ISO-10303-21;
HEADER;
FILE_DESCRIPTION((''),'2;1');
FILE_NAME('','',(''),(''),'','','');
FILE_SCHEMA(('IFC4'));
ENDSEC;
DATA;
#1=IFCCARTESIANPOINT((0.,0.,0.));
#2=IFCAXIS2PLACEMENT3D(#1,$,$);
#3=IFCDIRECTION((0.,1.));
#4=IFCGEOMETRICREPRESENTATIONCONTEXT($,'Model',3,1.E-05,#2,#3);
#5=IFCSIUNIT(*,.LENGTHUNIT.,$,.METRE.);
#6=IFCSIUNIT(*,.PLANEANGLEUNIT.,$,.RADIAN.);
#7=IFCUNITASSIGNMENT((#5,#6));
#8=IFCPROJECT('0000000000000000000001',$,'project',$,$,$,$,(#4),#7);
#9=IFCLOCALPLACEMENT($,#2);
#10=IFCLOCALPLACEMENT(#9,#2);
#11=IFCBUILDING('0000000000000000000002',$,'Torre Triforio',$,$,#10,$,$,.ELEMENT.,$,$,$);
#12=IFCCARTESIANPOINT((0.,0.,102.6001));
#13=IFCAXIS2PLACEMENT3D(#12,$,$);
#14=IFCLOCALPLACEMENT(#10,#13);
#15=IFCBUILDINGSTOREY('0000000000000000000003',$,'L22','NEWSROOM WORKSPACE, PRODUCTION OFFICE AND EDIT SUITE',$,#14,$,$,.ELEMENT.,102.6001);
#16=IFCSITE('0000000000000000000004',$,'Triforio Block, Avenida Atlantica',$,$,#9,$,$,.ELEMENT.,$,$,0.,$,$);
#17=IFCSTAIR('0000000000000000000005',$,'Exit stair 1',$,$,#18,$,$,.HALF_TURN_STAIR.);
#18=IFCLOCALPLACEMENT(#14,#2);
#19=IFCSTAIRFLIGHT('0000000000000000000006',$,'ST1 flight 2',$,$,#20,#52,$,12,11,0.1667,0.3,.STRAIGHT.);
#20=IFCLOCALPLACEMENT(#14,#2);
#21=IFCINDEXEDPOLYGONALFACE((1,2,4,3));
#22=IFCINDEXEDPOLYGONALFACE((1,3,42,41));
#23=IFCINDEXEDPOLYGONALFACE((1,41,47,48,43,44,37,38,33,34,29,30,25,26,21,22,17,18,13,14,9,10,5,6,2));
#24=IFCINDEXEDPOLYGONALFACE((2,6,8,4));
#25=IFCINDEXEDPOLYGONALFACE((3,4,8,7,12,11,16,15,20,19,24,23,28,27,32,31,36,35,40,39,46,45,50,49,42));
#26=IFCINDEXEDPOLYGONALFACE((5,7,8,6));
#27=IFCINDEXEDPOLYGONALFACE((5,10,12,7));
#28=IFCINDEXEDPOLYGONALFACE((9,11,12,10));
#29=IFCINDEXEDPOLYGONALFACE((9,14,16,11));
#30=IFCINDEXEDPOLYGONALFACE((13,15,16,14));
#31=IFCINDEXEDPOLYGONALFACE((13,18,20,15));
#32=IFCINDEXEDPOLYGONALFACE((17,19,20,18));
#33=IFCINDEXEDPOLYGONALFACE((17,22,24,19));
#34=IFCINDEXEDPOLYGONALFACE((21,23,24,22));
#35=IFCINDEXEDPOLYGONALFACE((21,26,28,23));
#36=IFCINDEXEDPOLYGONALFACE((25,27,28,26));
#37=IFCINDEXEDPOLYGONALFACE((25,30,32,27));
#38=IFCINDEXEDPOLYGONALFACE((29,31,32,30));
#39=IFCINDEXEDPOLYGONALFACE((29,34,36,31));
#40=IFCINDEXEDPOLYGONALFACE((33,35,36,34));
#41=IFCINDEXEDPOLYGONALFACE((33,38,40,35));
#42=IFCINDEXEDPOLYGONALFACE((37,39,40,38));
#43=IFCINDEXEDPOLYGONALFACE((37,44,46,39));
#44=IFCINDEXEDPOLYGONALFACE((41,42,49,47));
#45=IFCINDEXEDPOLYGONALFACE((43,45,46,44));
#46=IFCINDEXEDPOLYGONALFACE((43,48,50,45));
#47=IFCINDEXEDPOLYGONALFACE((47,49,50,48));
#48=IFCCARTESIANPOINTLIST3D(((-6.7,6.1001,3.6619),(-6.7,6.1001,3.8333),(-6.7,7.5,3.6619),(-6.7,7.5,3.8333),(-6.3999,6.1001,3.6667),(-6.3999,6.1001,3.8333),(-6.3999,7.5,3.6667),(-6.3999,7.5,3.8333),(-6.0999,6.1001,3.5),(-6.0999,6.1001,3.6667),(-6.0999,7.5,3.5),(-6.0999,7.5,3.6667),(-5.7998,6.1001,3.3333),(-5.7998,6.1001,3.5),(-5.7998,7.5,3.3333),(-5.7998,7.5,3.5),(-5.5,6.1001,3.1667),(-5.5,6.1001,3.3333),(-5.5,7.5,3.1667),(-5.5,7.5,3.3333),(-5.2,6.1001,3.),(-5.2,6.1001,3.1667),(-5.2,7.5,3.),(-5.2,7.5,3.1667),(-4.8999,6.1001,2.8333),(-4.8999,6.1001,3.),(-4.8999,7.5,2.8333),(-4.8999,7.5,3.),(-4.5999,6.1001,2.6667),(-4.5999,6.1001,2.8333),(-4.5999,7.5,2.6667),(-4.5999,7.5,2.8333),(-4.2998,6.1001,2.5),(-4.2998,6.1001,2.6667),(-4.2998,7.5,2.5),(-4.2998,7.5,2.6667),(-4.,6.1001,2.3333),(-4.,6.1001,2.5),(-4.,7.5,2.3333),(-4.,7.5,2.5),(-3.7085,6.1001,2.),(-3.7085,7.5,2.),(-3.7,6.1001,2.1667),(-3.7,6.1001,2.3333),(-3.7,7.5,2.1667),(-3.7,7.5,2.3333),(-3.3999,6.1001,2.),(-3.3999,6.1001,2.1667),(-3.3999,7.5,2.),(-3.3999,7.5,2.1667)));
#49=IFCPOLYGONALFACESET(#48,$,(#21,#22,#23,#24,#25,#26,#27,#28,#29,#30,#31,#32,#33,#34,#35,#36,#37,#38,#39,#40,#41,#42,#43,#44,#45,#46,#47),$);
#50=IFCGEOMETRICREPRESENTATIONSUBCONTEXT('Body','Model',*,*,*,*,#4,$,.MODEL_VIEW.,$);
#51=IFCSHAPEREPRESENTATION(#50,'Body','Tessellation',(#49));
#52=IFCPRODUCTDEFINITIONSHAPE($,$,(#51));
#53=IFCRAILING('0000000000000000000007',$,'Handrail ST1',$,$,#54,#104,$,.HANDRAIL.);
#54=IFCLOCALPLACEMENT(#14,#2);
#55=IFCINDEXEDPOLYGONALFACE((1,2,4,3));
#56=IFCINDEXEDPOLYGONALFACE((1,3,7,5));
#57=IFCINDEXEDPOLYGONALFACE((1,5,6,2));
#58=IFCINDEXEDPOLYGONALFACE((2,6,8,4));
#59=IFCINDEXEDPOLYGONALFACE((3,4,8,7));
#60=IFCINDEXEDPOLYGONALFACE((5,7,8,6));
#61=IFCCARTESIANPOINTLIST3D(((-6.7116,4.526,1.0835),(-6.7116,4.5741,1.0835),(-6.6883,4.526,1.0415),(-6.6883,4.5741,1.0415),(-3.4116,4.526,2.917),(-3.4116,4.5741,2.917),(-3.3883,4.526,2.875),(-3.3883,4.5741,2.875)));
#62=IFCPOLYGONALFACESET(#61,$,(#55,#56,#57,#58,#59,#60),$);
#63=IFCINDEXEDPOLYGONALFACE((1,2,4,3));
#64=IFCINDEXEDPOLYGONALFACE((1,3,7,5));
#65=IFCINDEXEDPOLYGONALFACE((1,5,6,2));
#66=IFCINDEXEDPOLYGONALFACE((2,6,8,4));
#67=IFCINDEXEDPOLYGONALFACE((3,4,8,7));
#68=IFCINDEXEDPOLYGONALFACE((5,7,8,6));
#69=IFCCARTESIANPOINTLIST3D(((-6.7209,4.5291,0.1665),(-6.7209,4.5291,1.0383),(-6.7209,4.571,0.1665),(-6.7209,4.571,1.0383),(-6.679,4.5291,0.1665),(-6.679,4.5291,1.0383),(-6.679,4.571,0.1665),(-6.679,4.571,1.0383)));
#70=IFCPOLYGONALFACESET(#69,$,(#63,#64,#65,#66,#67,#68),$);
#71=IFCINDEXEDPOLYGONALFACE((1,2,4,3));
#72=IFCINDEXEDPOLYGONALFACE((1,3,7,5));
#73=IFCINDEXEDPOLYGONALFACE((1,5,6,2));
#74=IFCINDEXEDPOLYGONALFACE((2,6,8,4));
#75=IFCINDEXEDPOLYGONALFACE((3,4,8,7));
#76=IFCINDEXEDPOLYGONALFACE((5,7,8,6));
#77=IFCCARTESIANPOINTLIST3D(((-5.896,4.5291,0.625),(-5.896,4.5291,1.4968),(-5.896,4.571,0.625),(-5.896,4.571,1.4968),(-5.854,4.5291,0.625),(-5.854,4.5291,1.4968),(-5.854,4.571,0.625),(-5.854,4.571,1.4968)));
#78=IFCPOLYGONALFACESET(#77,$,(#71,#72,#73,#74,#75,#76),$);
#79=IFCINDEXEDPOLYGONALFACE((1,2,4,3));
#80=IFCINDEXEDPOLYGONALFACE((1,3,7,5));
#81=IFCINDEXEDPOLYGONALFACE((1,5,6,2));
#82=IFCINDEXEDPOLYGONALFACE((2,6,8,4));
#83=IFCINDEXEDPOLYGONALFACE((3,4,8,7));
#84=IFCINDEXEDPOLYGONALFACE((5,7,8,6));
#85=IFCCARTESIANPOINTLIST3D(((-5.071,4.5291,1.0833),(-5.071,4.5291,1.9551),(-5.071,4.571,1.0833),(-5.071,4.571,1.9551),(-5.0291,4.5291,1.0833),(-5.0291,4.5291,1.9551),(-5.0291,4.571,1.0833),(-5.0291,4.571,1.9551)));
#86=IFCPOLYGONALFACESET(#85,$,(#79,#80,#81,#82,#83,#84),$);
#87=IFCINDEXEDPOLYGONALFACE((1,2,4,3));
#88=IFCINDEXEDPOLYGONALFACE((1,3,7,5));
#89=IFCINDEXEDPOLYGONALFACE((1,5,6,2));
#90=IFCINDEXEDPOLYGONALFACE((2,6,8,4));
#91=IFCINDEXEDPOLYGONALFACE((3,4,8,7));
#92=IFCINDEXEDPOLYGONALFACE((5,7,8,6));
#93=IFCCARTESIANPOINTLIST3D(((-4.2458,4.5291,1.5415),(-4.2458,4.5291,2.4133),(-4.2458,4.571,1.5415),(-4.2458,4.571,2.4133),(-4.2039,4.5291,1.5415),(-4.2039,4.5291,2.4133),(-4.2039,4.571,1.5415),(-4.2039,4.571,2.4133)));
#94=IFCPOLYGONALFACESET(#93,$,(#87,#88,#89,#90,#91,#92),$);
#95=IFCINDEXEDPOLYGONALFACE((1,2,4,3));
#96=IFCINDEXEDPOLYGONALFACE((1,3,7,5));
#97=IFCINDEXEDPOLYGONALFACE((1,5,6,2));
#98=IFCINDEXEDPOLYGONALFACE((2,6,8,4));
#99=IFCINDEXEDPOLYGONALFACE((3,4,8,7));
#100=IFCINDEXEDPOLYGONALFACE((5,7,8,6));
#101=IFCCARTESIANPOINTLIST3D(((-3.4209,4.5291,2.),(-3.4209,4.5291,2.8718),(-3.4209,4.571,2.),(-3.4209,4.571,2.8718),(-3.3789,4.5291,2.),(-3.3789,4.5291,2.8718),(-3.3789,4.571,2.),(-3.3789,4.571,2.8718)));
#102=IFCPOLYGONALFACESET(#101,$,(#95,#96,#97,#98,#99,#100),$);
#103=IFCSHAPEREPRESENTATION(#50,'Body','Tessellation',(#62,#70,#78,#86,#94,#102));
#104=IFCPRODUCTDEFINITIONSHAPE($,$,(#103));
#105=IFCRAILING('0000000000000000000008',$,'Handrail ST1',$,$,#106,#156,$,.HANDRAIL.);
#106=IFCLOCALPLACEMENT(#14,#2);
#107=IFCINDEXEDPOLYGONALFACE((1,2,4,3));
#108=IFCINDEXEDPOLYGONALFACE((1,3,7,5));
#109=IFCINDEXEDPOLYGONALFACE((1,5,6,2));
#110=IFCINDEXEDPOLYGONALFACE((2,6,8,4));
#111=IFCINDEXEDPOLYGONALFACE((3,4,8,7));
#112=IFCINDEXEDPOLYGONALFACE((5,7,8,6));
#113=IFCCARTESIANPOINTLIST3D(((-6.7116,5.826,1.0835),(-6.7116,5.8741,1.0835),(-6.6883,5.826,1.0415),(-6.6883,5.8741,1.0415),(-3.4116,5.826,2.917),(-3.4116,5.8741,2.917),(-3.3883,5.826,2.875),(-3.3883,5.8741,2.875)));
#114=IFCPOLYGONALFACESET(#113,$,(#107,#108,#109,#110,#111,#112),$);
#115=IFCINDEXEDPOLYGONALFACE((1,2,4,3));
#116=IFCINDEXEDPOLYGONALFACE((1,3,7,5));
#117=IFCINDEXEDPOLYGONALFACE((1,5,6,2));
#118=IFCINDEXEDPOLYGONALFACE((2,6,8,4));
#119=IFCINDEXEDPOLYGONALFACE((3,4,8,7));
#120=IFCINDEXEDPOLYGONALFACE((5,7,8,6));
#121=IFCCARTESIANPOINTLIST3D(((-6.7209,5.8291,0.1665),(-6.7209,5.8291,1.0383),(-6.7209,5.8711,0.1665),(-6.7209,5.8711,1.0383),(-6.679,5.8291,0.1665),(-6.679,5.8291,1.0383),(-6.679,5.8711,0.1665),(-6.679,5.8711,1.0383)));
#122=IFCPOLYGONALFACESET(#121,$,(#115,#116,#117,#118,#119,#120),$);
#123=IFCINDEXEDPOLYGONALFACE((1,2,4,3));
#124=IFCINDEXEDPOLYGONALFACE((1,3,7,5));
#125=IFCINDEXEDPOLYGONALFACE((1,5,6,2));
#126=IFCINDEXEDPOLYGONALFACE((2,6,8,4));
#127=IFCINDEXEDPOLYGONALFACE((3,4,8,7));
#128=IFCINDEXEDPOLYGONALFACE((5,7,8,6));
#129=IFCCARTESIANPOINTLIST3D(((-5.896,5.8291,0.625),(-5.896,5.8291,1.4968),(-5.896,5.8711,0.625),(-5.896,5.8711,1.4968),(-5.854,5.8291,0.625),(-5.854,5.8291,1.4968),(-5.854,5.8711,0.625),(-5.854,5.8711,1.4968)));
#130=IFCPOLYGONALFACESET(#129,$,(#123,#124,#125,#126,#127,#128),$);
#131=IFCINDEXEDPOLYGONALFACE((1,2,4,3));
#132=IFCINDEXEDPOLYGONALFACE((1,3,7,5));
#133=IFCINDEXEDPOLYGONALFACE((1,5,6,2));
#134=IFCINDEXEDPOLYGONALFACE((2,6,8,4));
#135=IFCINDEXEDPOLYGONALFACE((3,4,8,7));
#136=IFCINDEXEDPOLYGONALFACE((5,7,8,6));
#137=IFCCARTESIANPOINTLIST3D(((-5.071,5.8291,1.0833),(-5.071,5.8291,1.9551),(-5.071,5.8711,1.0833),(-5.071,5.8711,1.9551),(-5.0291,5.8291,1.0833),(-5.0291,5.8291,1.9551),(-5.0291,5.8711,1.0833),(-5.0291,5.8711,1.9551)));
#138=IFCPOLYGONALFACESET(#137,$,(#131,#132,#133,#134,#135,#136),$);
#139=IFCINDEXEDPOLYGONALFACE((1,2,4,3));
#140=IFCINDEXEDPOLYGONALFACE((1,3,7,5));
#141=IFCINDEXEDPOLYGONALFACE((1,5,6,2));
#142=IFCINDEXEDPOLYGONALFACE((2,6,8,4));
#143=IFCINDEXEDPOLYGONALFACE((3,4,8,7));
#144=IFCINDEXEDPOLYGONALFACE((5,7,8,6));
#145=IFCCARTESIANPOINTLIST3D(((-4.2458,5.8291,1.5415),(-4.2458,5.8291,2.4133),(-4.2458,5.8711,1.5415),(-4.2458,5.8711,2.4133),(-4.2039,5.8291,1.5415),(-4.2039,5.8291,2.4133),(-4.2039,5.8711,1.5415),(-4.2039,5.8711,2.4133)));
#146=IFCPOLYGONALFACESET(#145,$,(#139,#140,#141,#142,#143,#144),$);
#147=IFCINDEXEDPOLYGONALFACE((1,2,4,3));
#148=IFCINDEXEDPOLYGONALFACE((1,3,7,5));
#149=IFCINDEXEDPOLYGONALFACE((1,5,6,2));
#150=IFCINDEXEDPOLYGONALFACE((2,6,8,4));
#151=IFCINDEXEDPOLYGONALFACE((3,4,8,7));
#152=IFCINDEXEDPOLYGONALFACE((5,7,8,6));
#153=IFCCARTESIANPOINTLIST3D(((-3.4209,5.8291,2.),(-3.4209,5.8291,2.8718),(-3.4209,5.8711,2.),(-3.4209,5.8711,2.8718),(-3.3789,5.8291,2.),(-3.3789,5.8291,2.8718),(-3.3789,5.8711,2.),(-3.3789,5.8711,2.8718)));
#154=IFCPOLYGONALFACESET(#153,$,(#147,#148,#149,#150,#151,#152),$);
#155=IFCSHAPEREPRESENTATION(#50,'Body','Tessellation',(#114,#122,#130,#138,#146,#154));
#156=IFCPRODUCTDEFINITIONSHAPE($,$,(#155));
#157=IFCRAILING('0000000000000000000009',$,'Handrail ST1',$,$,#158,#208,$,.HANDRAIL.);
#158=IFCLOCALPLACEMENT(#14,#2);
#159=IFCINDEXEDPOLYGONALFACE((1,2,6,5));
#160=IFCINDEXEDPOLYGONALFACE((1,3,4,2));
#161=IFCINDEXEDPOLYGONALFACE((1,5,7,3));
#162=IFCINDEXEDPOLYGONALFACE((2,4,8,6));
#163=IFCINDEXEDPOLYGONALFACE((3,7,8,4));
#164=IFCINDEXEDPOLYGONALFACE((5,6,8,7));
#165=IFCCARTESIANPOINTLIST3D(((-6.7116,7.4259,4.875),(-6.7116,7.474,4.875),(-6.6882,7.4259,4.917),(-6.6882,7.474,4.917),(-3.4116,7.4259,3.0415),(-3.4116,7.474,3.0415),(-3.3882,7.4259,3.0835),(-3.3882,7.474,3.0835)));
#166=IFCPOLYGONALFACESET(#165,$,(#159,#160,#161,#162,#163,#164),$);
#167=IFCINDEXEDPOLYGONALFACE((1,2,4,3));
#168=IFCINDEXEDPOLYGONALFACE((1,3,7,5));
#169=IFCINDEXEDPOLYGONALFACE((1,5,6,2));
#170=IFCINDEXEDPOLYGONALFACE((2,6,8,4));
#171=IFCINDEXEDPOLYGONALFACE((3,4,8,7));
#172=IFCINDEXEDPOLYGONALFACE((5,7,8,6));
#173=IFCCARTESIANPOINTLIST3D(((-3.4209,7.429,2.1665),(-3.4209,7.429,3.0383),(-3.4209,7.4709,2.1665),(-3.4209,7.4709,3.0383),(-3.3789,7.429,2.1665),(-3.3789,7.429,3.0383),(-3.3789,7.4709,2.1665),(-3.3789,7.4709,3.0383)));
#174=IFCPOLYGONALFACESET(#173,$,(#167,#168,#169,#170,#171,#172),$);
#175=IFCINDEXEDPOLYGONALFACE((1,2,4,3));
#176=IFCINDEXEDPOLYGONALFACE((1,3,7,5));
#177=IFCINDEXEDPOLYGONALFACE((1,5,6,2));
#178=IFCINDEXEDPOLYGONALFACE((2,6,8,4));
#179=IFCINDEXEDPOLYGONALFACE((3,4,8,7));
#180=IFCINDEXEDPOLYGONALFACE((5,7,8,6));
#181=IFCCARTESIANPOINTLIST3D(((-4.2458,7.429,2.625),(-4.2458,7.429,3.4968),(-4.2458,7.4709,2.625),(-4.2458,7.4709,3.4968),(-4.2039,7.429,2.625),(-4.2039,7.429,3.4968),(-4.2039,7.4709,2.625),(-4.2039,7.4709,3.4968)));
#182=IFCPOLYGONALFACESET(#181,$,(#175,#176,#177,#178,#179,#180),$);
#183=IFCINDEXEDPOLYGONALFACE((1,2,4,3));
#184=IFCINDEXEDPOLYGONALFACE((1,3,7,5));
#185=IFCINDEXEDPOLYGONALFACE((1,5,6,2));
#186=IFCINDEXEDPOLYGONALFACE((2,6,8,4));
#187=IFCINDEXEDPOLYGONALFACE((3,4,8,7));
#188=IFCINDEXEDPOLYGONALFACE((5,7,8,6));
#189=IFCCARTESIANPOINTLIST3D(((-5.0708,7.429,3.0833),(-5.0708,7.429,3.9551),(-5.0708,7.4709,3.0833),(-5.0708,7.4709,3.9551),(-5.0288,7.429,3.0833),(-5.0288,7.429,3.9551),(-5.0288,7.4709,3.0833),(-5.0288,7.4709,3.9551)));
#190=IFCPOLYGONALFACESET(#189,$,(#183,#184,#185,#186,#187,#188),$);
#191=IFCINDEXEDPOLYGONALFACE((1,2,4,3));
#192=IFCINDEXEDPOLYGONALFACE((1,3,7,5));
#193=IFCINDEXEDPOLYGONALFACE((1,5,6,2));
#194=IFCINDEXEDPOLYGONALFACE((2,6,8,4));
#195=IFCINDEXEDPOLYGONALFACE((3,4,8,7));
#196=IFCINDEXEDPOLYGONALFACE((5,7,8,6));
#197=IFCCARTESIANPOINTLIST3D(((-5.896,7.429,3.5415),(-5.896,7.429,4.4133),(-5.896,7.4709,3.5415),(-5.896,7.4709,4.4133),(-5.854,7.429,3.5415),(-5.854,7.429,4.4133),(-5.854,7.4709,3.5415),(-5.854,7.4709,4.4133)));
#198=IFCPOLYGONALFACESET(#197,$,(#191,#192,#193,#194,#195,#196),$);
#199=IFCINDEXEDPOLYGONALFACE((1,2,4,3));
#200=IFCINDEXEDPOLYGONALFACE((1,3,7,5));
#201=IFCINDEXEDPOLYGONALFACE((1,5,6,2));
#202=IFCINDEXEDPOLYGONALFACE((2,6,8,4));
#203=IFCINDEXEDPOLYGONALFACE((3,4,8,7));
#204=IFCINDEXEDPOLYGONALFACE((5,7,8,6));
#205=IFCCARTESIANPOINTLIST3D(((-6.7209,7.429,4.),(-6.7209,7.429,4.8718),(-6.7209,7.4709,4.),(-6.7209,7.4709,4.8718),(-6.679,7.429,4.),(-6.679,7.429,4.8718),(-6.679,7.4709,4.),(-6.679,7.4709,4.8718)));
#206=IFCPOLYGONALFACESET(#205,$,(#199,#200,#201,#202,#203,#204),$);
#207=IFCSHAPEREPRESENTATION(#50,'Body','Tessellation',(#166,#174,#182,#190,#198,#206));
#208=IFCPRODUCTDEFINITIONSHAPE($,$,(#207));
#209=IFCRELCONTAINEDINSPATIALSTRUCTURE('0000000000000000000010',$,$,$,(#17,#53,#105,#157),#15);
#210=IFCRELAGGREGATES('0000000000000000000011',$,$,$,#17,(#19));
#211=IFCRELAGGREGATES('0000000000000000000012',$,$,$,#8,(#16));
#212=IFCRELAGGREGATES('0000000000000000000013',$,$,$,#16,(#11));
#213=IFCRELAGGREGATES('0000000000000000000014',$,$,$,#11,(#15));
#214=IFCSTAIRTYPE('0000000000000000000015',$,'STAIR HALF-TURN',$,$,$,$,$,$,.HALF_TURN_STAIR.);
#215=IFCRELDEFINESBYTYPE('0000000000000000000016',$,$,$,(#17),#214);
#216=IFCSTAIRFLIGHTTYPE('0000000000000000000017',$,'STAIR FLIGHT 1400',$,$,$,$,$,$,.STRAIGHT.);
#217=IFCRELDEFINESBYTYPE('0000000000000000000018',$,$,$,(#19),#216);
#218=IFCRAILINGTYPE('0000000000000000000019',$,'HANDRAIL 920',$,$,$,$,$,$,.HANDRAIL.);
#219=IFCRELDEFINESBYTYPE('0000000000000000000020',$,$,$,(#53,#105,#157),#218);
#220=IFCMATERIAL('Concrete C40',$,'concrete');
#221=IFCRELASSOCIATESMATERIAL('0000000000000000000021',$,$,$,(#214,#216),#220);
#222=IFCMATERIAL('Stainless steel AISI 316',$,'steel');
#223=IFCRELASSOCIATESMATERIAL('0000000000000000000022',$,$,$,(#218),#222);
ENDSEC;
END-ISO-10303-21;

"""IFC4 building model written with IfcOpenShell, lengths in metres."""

from ifc_helpers import new_model, si_unit, direction, frame, origin, origin_2d, place, context, subcontext, project, spatial, polyline, rectangle, outline, extrude, material, type_object, element, aggregate, save


model = new_model("IFC4")

# Units and contexts
model_context = context("Model", 3, precision=1e-05, world=origin(), true_north=direction((0.0, 1.0)))
body_context = subcontext(model_context, "Body", "Model", "MODEL_VIEW")
ifc_project = project(units=[si_unit("LENGTHUNIT", "METRE"), si_unit("PLANEANGLEUNIT", "RADIAN")], contexts=[model_context])

# Site, building, storey
site_placement = place(None, origin())
site = spatial("IfcSite", under=ifc_project, at=site_placement, Name="Triforio Block, Avenida Atlantica", CompositionType="ELEMENT", RefElevation=0.0)
building_placement = place(site_placement, origin())
building = spatial("IfcBuilding", under=site, at=building_placement, Name="Torre Triforio", CompositionType="ELEMENT")
storey_placement = place(building_placement, frame((0.0, 0.0, 102.6001)))
storey = spatial("IfcBuildingStorey", under=building, at=storey_placement, Name="L22", Description="NEWSROOM WORKSPACE, PRODUCTION OFFICE AND EDIT SUITE", CompositionType="ELEMENT", Elevation=102.6001)

# Stair, stair flight
ifc_material_1 = material(Name="Concrete C40", Category="concrete")
stair_type = type_object("IfcStairType", Name="STAIR HALF-TURN", PredefinedType="HALF_TURN_STAIR", material=ifc_material_1)
stair_placement = place(storey_placement, origin())
stair = element("IfcStair", 1, at=stair_placement, inside=storey, type_object=stair_type, Name="Exit stair 1", PredefinedType="HALF_TURN_STAIR")
stair_flight_type = type_object("IfcStairFlightType", Name="STAIR FLIGHT 1400", PredefinedType="STRAIGHT", material=ifc_material_1)
stair_flight_1_placement = place(storey_placement, frame((-3.3999, 6.8, 2.0), z_axis=(0.0, 0.0, 1.0), x_axis=(-1.0, 0.0, 0.0)))
stair_flight_1 = element("IfcStairFlight", 2, at=stair_flight_1_placement, type_object=stair_flight_type, Name="ST1 flight 2", NumberOfRisers=12, NumberOfTreads=11, PredefinedType="STRAIGHT", RiserHeight=0.1667, TreadLength=0.3, context=body_context, shape_type="SweptSolid", body=[
    extrude(outline(polyline([(0.0, 0.0), (0.0, 0.1667), (0.3, 0.1667), (0.3, 0.3333), (0.6001, 0.3333), (0.6001, 0.5), (0.8999, 0.5), (0.8999, 0.6667), (1.2, 0.6667), (1.2, 0.8333), (1.5, 0.8333), (1.5, 1.0), (1.8, 1.0), (1.8, 1.1667), (2.1001, 1.1667), (2.1001, 1.3333), (2.3999, 1.3333), (2.3999, 1.5), (2.7, 1.5), (2.7, 1.6667), (3.0, 1.6667), (3.0, 1.8333), (3.3, 1.8333), (3.3, 2.0), (3.3, 1.6619), (0.3086, 0.0), (0.0, 0.0)])), frame((0.0, 0.7, 0.0), z_axis=(0.0, -1.0, 0.0), x_axis=(1.0, 0.0, 0.0)), (0.0, 0.0, 1.0), 1.3999),
])
aggregate(stair, [stair_flight_1])

# Railings
ifc_material_2 = material(Name="Stainless steel AISI 316", Category="steel")
railing_type = type_object("IfcRailingType", Name="HANDRAIL 920", PredefinedType="HANDRAIL", material=ifc_material_2)
for number, where, name in (
    (3, (-6.7, 4.55, 0.1665), "Handrail ST1"),
    (4, (-6.7, 5.8501, 0.1665), "Handrail ST1"),
):
    element("IfcRailing", number, at=place(storey_placement, frame(where)), inside=storey, type_object=railing_type, Name=name, PredefinedType="HANDRAIL", context=body_context, shape_type="SweptSolid", body=[
        extrude(rectangle(XDim=0.0481, YDim=0.0481, at=origin_2d()), frame((0.0, 0.0, 0.896), z_axis=(0.874142, 0.0, 0.48567), x_axis=(0.0, 1.0, 0.0)), (0.0, 0.0, 1.0), 3.7751),
        extrude(rectangle(XDim=0.042, YDim=0.042, at=origin_2d()), origin(), (0.0, 0.0, 1.0), 0.8718),
        extrude(rectangle(XDim=0.042, YDim=0.042, at=origin_2d()), frame((0.825, 0.0, 0.4585)), (0.0, 0.0, 1.0), 0.8718),
        extrude(rectangle(XDim=0.042, YDim=0.042, at=origin_2d()), frame((1.6499, 0.0, 0.9167)), (0.0, 0.0, 1.0), 0.8718),
        extrude(rectangle(XDim=0.042, YDim=0.042, at=origin_2d()), frame((2.4751, 0.0, 1.375)), (0.0, 0.0, 1.0), 0.8718),
        extrude(rectangle(XDim=0.042, YDim=0.042, at=origin_2d()), frame((3.3, 0.0, 1.8335)), (0.0, 0.0, 1.0), 0.8718),
    ])
for number, where, name in (
    (5, (-3.3999, 7.45, 2.1665), "Handrail ST1"),
):
    element("IfcRailing", number, at=place(storey_placement, frame(where)), inside=storey, type_object=railing_type, Name=name, PredefinedType="HANDRAIL", context=body_context, shape_type="SweptSolid", body=[
        extrude(rectangle(XDim=0.0481, YDim=0.0481, at=origin_2d()), frame((0.0, 0.0, 0.896), z_axis=(-0.874142, 0.0, 0.48567), x_axis=(0.0, -1.0, 0.0)), (0.0, 0.0, 1.0), 3.7751),
        extrude(rectangle(XDim=0.042, YDim=0.042, at=origin_2d()), origin(), (0.0, 0.0, 1.0), 0.8718),
        extrude(rectangle(XDim=0.042, YDim=0.042, at=origin_2d()), frame((-0.825, 0.0, 0.4585)), (0.0, 0.0, 1.0), 0.8718),
        extrude(rectangle(XDim=0.042, YDim=0.042, at=origin_2d()), frame((-1.6499, 0.0, 0.9167)), (0.0, 0.0, 1.0), 0.8718),
        extrude(rectangle(XDim=0.042, YDim=0.042, at=origin_2d()), frame((-2.4751, 0.0, 1.375)), (0.0, 0.0, 1.0), 0.8718),
        extrude(rectangle(XDim=0.042, YDim=0.042, at=origin_2d()), frame((-3.3, 0.0, 1.8335)), (0.0, 0.0, 1.0), 0.8718),
    ])

save(model, "model.ifc")
